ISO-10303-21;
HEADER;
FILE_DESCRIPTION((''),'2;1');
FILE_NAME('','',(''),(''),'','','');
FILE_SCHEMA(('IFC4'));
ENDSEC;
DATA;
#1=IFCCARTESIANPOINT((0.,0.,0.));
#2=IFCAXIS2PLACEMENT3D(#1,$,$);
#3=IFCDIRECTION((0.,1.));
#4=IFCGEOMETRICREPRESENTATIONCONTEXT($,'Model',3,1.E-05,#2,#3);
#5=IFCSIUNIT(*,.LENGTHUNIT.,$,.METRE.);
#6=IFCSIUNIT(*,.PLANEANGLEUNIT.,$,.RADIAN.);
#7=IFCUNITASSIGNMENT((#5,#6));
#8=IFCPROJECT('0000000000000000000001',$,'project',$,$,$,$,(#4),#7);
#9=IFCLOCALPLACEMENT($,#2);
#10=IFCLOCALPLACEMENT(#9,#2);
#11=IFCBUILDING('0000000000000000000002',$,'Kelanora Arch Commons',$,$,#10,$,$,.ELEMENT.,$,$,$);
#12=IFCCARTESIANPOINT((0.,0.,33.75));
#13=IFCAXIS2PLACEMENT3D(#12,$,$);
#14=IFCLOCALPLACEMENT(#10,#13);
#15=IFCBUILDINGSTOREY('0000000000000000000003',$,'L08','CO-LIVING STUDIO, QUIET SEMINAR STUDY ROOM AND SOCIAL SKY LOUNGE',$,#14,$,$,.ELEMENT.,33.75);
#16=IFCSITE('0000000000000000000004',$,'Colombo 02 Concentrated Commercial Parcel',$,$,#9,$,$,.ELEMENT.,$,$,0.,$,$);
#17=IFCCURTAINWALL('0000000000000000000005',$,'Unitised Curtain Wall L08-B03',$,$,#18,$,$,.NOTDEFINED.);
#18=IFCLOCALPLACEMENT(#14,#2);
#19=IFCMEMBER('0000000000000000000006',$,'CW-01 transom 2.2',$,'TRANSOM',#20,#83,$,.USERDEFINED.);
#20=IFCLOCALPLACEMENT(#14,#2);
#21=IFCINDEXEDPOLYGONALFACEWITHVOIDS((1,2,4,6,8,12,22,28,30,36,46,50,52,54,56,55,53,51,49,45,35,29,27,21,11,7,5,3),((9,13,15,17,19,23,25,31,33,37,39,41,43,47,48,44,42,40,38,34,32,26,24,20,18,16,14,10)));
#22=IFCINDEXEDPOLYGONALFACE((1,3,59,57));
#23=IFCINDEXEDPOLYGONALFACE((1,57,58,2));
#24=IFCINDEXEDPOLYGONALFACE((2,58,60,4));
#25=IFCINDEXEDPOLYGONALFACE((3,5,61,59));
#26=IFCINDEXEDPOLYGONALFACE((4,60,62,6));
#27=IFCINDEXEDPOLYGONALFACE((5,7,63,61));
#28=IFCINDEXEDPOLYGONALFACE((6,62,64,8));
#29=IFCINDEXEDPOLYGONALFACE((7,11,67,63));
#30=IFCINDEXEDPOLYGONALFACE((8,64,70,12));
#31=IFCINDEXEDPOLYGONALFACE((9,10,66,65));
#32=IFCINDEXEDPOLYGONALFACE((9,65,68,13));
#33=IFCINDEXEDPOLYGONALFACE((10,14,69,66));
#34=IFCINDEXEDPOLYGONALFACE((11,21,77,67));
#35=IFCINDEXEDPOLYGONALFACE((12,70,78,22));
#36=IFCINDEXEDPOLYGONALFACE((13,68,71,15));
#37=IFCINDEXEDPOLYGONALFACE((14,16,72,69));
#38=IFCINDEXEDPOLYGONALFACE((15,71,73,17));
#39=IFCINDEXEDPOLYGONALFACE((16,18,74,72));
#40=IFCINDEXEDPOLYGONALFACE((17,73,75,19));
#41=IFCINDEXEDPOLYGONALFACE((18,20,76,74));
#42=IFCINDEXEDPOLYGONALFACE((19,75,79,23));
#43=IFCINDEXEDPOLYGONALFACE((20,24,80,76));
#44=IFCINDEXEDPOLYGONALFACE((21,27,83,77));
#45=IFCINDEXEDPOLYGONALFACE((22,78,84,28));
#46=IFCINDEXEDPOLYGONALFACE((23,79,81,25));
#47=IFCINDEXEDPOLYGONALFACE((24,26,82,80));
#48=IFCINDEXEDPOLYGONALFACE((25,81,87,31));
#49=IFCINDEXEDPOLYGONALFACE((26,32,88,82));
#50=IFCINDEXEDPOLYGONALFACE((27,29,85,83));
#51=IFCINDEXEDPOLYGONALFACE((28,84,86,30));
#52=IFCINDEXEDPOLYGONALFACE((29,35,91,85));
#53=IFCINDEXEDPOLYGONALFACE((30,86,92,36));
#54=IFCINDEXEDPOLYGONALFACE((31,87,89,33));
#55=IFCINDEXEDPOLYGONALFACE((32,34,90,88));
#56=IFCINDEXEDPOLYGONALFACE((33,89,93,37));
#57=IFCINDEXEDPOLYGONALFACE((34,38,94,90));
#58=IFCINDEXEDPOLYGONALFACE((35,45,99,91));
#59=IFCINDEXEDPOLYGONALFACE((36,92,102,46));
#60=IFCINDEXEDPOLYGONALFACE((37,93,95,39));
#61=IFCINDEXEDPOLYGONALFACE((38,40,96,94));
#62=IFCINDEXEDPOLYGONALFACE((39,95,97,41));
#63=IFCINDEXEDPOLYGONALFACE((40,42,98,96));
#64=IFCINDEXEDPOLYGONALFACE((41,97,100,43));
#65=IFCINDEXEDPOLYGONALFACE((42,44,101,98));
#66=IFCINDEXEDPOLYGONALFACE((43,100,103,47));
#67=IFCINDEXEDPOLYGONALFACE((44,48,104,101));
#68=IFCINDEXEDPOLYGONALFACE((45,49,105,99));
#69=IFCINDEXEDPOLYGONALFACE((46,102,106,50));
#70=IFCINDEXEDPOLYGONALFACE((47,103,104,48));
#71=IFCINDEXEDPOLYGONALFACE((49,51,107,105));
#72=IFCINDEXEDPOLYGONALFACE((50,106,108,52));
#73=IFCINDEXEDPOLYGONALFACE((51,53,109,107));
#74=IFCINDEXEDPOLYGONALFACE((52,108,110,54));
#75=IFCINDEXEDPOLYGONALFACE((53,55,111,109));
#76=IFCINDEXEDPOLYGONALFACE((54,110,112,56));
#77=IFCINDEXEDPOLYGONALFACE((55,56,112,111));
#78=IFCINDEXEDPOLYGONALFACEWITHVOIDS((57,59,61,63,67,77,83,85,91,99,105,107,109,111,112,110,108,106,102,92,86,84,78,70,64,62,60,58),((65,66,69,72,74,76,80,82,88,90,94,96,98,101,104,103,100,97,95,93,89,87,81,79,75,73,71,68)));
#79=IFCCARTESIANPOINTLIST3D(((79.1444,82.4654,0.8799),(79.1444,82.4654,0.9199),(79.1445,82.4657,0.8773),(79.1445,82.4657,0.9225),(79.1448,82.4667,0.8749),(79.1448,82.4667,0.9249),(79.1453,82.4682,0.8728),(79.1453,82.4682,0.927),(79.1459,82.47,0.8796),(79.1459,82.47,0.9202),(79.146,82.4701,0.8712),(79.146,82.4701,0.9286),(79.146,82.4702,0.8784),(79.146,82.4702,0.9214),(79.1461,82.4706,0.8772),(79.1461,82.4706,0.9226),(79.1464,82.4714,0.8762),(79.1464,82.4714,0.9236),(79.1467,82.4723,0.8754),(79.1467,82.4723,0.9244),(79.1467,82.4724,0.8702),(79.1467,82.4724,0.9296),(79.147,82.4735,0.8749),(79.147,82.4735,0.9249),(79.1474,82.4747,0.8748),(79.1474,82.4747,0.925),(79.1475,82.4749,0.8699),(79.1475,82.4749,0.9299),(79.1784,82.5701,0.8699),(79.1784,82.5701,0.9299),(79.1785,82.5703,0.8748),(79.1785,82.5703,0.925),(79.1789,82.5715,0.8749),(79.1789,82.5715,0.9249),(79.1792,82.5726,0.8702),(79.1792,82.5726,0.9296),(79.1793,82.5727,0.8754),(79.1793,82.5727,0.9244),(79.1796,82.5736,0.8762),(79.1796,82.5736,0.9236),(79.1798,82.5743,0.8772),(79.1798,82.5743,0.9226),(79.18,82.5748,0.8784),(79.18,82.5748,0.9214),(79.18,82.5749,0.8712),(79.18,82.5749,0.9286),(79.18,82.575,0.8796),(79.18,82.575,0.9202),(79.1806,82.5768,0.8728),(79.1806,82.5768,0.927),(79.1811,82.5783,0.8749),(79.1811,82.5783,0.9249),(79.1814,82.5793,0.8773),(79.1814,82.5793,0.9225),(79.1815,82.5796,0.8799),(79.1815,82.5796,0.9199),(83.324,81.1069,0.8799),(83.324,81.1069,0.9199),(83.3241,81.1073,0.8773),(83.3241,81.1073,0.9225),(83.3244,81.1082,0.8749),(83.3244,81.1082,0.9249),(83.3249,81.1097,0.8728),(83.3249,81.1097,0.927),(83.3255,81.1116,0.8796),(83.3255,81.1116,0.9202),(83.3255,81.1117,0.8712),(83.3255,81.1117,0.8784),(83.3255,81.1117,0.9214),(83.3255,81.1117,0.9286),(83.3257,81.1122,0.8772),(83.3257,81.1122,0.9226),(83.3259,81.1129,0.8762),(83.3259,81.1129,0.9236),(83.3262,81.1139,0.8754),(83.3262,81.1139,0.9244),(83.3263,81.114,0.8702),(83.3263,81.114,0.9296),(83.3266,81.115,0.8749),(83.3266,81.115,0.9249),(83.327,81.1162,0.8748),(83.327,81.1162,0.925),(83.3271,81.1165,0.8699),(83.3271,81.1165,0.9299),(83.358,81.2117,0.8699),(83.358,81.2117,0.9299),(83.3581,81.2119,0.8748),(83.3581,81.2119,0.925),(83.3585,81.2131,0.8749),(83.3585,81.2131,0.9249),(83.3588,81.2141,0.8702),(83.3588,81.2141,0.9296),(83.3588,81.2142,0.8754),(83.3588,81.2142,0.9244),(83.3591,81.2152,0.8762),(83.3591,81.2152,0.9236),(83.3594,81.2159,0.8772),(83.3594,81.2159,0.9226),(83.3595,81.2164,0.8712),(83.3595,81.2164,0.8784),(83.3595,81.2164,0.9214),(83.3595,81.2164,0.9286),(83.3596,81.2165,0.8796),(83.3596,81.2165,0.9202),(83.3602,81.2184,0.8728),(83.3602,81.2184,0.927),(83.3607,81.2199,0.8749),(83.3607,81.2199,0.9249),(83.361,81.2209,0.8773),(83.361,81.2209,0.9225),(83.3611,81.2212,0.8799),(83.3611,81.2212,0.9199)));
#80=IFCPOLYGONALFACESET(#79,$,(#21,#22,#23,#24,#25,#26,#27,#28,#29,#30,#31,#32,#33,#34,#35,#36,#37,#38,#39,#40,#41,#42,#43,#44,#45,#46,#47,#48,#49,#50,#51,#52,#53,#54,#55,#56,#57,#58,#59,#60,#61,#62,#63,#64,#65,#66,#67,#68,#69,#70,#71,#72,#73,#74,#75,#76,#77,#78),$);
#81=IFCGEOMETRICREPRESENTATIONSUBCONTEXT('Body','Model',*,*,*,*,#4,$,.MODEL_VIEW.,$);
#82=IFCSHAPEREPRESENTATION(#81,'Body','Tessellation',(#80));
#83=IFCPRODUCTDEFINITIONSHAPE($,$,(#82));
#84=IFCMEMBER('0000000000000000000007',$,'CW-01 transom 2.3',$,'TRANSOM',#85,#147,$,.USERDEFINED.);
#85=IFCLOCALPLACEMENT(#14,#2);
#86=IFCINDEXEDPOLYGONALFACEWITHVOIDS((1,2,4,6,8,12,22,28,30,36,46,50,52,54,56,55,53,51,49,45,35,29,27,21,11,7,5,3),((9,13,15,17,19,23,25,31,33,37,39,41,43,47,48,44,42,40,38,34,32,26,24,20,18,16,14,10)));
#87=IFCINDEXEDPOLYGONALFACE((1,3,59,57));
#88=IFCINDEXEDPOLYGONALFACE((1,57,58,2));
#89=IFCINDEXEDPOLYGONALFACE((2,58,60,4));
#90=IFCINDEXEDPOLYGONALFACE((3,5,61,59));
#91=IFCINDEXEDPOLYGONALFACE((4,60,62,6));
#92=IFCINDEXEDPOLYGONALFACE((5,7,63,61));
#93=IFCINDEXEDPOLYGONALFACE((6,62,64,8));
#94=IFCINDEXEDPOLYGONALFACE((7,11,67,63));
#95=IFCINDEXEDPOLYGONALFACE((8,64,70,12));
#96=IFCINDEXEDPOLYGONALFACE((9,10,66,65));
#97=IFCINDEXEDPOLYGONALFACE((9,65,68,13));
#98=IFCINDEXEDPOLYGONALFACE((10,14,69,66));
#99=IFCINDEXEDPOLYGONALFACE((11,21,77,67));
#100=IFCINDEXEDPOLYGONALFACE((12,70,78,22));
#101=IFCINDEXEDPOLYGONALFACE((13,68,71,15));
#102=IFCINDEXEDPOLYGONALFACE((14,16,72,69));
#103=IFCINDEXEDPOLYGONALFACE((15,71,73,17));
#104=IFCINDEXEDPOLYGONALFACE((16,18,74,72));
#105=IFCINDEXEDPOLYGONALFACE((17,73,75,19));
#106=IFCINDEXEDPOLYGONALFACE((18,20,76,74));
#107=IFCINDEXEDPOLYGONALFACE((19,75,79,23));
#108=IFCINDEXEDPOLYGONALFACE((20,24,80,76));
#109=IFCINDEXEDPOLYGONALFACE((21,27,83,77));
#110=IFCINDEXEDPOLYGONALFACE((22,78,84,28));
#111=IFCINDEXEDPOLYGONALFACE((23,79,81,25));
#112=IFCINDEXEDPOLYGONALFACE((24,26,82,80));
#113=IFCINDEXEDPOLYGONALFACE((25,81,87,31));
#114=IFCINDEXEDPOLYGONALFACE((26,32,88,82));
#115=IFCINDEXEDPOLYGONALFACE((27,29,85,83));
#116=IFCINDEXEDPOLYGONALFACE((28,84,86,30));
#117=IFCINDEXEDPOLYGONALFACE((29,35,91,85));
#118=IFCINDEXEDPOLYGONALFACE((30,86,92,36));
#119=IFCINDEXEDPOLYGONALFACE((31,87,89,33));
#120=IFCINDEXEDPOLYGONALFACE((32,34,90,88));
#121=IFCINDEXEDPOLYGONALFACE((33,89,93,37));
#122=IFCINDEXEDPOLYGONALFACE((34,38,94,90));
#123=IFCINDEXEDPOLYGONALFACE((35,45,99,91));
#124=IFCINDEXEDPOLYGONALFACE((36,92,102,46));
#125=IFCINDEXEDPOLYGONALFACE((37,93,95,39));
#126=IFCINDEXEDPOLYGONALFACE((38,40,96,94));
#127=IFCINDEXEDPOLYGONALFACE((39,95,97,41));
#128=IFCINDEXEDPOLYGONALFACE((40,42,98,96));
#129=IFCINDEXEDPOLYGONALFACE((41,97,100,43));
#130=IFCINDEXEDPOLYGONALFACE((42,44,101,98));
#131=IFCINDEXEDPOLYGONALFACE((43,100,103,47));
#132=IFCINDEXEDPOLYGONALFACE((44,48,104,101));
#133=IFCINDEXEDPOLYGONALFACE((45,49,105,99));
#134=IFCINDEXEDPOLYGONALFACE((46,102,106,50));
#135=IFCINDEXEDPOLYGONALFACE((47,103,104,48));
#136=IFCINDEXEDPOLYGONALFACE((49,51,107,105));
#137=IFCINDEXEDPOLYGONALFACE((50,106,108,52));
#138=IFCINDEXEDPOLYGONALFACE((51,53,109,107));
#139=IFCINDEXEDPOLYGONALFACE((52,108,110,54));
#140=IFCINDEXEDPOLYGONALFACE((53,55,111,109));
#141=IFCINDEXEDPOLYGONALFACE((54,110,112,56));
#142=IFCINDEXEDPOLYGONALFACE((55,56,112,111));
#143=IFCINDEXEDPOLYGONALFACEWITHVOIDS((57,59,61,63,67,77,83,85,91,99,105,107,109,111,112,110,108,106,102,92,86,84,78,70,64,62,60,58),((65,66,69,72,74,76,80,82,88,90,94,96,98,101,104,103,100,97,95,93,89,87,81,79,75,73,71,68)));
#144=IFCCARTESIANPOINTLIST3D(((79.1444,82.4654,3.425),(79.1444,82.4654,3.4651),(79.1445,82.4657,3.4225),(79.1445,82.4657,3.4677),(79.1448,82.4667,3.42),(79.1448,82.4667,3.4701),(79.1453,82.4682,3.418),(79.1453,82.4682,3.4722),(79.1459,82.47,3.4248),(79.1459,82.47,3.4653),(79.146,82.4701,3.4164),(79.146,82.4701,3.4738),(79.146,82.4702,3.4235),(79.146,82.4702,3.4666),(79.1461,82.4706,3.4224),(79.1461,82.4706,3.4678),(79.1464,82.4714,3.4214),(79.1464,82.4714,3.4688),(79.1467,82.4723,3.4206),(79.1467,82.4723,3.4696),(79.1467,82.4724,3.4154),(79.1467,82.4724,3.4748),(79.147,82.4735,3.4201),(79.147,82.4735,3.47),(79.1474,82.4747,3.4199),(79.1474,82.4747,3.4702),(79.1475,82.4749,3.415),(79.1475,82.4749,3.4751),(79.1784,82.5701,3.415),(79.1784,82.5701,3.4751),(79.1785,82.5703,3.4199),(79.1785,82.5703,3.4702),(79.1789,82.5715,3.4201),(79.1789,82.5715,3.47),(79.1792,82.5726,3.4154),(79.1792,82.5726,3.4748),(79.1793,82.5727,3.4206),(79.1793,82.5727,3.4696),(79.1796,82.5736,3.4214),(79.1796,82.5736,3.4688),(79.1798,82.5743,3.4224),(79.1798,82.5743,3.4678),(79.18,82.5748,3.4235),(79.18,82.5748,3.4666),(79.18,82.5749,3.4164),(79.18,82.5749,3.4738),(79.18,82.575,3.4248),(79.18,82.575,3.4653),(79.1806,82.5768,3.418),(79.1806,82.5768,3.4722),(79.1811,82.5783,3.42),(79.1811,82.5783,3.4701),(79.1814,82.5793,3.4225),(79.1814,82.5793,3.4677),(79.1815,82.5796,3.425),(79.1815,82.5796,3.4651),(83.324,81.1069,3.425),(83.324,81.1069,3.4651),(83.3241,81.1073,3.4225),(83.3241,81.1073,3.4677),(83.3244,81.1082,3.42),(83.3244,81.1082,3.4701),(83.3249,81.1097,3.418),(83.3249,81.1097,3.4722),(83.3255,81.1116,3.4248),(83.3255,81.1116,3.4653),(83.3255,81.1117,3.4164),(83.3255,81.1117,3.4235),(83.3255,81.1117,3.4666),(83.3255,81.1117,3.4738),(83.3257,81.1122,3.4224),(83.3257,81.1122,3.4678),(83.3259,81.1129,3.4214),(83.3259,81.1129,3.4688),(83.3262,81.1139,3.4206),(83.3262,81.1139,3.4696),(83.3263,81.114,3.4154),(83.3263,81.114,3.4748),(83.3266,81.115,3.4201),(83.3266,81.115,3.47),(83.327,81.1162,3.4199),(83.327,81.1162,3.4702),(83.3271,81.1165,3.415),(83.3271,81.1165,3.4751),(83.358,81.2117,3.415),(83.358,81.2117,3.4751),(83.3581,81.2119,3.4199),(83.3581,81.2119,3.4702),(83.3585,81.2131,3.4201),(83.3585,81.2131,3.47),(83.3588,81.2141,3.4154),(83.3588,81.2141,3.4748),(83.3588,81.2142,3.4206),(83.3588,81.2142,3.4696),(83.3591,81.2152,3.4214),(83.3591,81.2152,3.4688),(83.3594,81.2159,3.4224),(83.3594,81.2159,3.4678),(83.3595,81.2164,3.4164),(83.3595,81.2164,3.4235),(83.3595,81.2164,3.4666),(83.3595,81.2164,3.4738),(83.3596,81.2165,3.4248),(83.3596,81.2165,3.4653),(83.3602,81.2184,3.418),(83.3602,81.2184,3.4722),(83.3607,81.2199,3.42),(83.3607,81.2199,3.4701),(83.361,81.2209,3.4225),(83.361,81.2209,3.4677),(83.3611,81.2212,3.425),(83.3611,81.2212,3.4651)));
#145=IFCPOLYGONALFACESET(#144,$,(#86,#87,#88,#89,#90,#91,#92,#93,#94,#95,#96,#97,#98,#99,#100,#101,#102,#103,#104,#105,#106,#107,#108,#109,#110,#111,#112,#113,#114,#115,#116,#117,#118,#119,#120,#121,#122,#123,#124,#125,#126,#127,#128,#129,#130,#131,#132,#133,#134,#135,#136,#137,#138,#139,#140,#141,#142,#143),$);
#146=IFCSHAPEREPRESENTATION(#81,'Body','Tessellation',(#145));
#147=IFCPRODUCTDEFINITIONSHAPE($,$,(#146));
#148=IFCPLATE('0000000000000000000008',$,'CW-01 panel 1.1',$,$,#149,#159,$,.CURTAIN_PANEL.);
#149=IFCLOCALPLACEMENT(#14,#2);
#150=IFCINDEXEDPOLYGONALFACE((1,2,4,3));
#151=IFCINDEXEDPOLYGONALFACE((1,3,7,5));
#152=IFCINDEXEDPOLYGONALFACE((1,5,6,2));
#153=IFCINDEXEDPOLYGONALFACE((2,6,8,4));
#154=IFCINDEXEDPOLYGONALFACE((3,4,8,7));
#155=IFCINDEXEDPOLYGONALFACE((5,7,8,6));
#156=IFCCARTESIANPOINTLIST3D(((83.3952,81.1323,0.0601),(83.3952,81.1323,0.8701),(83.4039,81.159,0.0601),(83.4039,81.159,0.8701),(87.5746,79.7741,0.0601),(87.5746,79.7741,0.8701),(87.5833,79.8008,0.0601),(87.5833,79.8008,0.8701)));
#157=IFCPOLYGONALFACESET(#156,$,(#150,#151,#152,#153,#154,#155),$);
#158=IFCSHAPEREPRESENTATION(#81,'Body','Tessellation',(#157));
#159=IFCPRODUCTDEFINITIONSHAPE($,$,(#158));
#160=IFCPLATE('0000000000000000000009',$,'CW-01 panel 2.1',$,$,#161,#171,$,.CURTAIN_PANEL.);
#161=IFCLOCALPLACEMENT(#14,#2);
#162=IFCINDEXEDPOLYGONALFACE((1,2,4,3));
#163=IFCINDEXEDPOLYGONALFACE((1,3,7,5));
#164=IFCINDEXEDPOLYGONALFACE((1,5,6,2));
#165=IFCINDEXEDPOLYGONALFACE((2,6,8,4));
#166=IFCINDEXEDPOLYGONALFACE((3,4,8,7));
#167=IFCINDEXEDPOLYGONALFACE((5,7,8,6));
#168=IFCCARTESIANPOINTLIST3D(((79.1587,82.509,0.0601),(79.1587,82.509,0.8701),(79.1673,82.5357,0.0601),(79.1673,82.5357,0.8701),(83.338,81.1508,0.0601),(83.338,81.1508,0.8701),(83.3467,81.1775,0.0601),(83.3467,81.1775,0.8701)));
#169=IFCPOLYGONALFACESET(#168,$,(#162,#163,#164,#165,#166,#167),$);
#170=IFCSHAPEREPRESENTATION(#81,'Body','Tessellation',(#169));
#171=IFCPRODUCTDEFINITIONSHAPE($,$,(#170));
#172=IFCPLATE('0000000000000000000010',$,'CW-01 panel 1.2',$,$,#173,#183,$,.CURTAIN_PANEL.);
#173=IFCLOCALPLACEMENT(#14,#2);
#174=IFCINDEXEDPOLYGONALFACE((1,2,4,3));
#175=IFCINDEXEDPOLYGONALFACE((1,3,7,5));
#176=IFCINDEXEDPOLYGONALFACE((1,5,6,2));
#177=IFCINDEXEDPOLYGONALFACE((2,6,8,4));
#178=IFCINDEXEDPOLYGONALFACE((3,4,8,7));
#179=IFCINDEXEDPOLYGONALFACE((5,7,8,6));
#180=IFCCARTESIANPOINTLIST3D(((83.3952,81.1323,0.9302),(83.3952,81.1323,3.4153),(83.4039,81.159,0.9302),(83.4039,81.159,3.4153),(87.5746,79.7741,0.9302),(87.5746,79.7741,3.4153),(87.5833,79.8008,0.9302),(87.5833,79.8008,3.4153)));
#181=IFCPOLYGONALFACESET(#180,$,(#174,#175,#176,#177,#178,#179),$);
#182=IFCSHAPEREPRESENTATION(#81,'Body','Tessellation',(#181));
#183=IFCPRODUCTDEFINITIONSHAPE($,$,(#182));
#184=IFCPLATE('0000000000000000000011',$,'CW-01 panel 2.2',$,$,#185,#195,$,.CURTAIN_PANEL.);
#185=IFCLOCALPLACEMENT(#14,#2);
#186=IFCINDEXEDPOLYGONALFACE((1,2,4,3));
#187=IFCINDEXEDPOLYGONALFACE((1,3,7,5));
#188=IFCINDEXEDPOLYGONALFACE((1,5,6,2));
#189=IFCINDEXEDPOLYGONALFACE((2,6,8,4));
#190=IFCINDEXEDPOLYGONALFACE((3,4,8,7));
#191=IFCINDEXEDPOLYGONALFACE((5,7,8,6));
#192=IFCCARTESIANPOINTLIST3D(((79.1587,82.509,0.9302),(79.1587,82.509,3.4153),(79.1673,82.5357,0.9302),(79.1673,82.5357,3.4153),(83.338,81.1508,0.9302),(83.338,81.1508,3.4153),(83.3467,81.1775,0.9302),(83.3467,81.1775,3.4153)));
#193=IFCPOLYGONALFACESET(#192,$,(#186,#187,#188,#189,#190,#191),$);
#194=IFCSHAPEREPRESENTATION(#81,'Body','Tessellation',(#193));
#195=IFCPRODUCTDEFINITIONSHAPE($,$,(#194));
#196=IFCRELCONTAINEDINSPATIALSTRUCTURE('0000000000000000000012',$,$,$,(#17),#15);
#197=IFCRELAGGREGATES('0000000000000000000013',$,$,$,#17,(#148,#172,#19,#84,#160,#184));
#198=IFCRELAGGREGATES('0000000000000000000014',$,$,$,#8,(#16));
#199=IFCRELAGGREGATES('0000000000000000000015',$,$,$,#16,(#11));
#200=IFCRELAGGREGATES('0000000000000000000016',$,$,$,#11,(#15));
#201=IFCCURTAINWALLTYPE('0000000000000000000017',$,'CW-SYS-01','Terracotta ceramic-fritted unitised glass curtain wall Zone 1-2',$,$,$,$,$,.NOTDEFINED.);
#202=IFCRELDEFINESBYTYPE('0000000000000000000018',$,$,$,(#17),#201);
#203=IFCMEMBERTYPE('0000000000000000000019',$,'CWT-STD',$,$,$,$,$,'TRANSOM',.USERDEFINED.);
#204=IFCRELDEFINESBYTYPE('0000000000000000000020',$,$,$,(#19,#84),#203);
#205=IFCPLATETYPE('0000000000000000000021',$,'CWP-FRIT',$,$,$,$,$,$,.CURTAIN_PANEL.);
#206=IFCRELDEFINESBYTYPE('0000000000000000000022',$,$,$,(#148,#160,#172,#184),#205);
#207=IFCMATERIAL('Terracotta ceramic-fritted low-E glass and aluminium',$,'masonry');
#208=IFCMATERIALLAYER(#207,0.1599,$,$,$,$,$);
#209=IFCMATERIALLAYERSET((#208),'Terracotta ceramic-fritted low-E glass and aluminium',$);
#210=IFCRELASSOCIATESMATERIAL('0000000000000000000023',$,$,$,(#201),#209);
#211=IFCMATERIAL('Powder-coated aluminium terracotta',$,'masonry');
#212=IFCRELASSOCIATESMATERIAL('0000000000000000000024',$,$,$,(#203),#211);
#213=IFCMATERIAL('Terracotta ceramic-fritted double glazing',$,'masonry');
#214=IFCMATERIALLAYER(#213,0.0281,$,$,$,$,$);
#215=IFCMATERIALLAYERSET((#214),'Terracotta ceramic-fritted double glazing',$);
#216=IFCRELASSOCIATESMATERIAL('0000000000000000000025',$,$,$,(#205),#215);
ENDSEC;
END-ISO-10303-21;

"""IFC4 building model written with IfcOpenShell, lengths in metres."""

from ifc_helpers import new_model, si_unit, direction, frame, origin, origin_2d, place, context, subcontext, project, spatial, rectangle, hollow_rectangle, extrude, source, transform, mapped, material, layer, layer_set, material_profile, profile_set, type_object, element, aggregate, save


model = new_model("IFC4")

# Units and contexts
model_context = context("Model", 3, precision=1e-05, world=origin(), true_north=direction((0.0, 1.0)))
body_context = subcontext(model_context, "Body", "Model", "MODEL_VIEW")
ifc_project = project(units=[si_unit("LENGTHUNIT", "METRE"), si_unit("PLANEANGLEUNIT", "RADIAN")], contexts=[model_context])

# Site, building, storey
site_placement = place(None, origin())
site = spatial("IfcSite", under=ifc_project, at=site_placement, Name="Colombo 02 Concentrated Commercial Parcel", CompositionType="ELEMENT", RefElevation=0.0)
building_placement = place(site_placement, origin())
building = spatial("IfcBuilding", under=site, at=building_placement, Name="Kelanora Arch Commons", CompositionType="ELEMENT")
storey_placement = place(building_placement, frame((0.0, 0.0, 33.75)))
storey = spatial("IfcBuildingStorey", under=building, at=storey_placement, Name="L08", Description="CO-LIVING STUDIO, QUIET SEMINAR STUDY ROOM AND SOCIAL SKY LOUNGE", CompositionType="ELEMENT", Elevation=33.75)

# Curtain wall, members, plates
ifc_material_1 = material(Name="Terracotta ceramic-fritted low-E glass and aluminium", Category="masonry")
ifc_layer_1 = layer(ifc_material_1, 0.1599)
ifc_layer_set_1 = layer_set([ifc_layer_1], Name="Terracotta ceramic-fritted low-E glass and aluminium")
curtain_wall_type = type_object("IfcCurtainWallType", Name="CW-SYS-01", Description="Terracotta ceramic-fritted unitised glass curtain wall Zone 1-2", PredefinedType="NOTDEFINED", material=ifc_layer_set_1)
curtain_wall_placement = place(storey_placement, origin())
curtain_wall = element("IfcCurtainWall", 1, at=curtain_wall_placement, inside=storey, type_object=curtain_wall_type, Name="Unitised Curtain Wall L08-B03", PredefinedType="NOTDEFINED")
ifc_material_2 = material(Name="Powder-coated aluminium terracotta", Category="masonry")
ifc_material_profile_1 = material_profile(ifc_material_2, hollow_rectangle(XDim=0.1201, YDim=0.0601, WallThickness=0.0049, InnerFilletRadius=0.0049, OuterFilletRadius=0.01, at=origin_2d()), Name="CWT120x60")
ifc_profile_set_1 = profile_set([ifc_material_profile_1], Name="Powder-coated aluminium terracotta")
member_type_1 = type_object("IfcMemberType", Name="CWT-STD", ElementType="TRANSOM", PredefinedType="USERDEFINED", material=ifc_profile_set_1)
member_1_placement = place(storey_placement, frame((83.3425, 81.1641, 0.8999), z_axis=(-0.951029, 0.309102, 0.0), x_axis=(-0.309102, -0.951029, 0.0)))
member_1 = element("IfcMember", 2, at=member_1_placement, type_object=member_type_1, Name="CW-01 transom 2.2", ObjectType="TRANSOM", PredefinedType="USERDEFINED", context=body_context, shape_type="SweptSolid", body=[
    extrude(hollow_rectangle(XDim=0.1201, YDim=0.0601, WallThickness=0.0049, InnerFilletRadius=0.0049, OuterFilletRadius=0.01, at=origin_2d()), origin(), (0.0, 0.0, 1.0), 4.3948),
])
member_2_placement = place(storey_placement, frame((83.3425, 81.1641, 3.4451), z_axis=(-0.951029, 0.309102, 0.0), x_axis=(-0.309102, -0.951029, 0.0)))
member_2 = element("IfcMember", 3, at=member_2_placement, type_object=member_type_1, Name="CW-01 transom 2.3", ObjectType="TRANSOM", PredefinedType="USERDEFINED", context=body_context, shape_type="SweptSolid", body=[
    extrude(hollow_rectangle(XDim=0.1201, YDim=0.0601, WallThickness=0.0049, InnerFilletRadius=0.0049, OuterFilletRadius=0.01, at=origin_2d()), origin(), (0.0, 0.0, 1.0), 4.3948),
])
ifc_material_3 = material(Name="Terracotta ceramic-fritted double glazing", Category="masonry")
ifc_layer_2 = layer(ifc_material_3, 0.0281)
ifc_layer_set_2 = layer_set([ifc_layer_2], Name="Terracotta ceramic-fritted double glazing")
plate_type = type_object("IfcPlateType", Name="CWP-FRIT", PredefinedType="CURTAIN_PANEL", material=ifc_layer_set_2)
shared_shape_1 = source(origin(), body_context, "Body", "SweptSolid", [
    extrude(rectangle(XDim=4.3945, YDim=0.0281, at=origin_2d()), origin(), (0.0, 0.0, 1.0), 0.8101),
])
plate_1_placement = place(storey_placement, frame((85.4893, 80.4666, 0.0601), z_axis=(0.0, 0.0, 1.0), x_axis=(-0.951043, 0.309058, 0.0)))
plate_1 = element("IfcPlate", 4, at=plate_1_placement, type_object=plate_type, Name="CW-01 panel 1.1", PredefinedType="CURTAIN_PANEL", context=body_context, shape_type="MappedRepresentation", body=[
    mapped(shared_shape_1, transform((0.0, 0.0, 0.0), scale=1.0)),
])
plate_2_placement = place(storey_placement, frame((81.2527, 81.8433, 0.0601), z_axis=(0.0, 0.0, 1.0), x_axis=(-0.951043, 0.309058, 0.0)))
plate_2 = element("IfcPlate", 5, at=plate_2_placement, type_object=plate_type, Name="CW-01 panel 2.1", PredefinedType="CURTAIN_PANEL", context=body_context, shape_type="MappedRepresentation", body=[
    mapped(shared_shape_1, transform((0.0, 0.0, 0.0), scale=1.0)),
])
shared_shape_2 = source(origin(), body_context, "Body", "SweptSolid", [
    extrude(rectangle(XDim=4.3945, YDim=0.0281, at=origin_2d()), origin(), (0.0, 0.0, 1.0), 2.4851),
])
plate_3_placement = place(storey_placement, frame((85.4893, 80.4666, 0.9302), z_axis=(0.0, 0.0, 1.0), x_axis=(-0.951043, 0.309058, 0.0)))
plate_3 = element("IfcPlate", 6, at=plate_3_placement, type_object=plate_type, Name="CW-01 panel 1.2", PredefinedType="CURTAIN_PANEL", context=body_context, shape_type="MappedRepresentation", body=[
    mapped(shared_shape_2, transform((0.0, 0.0, 0.0), scale=1.0)),
])
plate_4_placement = place(storey_placement, frame((81.2527, 81.8433, 0.9302), z_axis=(0.0, 0.0, 1.0), x_axis=(-0.951043, 0.309058, 0.0)))
plate_4 = element("IfcPlate", 7, at=plate_4_placement, type_object=plate_type, Name="CW-01 panel 2.2", PredefinedType="CURTAIN_PANEL", context=body_context, shape_type="MappedRepresentation", body=[
    mapped(shared_shape_2, transform((0.0, 0.0, 0.0), scale=1.0)),
])
aggregate(curtain_wall, [plate_1, plate_3, member_1, member_2, plate_2, plate_4])

save(model, "model.ifc")
